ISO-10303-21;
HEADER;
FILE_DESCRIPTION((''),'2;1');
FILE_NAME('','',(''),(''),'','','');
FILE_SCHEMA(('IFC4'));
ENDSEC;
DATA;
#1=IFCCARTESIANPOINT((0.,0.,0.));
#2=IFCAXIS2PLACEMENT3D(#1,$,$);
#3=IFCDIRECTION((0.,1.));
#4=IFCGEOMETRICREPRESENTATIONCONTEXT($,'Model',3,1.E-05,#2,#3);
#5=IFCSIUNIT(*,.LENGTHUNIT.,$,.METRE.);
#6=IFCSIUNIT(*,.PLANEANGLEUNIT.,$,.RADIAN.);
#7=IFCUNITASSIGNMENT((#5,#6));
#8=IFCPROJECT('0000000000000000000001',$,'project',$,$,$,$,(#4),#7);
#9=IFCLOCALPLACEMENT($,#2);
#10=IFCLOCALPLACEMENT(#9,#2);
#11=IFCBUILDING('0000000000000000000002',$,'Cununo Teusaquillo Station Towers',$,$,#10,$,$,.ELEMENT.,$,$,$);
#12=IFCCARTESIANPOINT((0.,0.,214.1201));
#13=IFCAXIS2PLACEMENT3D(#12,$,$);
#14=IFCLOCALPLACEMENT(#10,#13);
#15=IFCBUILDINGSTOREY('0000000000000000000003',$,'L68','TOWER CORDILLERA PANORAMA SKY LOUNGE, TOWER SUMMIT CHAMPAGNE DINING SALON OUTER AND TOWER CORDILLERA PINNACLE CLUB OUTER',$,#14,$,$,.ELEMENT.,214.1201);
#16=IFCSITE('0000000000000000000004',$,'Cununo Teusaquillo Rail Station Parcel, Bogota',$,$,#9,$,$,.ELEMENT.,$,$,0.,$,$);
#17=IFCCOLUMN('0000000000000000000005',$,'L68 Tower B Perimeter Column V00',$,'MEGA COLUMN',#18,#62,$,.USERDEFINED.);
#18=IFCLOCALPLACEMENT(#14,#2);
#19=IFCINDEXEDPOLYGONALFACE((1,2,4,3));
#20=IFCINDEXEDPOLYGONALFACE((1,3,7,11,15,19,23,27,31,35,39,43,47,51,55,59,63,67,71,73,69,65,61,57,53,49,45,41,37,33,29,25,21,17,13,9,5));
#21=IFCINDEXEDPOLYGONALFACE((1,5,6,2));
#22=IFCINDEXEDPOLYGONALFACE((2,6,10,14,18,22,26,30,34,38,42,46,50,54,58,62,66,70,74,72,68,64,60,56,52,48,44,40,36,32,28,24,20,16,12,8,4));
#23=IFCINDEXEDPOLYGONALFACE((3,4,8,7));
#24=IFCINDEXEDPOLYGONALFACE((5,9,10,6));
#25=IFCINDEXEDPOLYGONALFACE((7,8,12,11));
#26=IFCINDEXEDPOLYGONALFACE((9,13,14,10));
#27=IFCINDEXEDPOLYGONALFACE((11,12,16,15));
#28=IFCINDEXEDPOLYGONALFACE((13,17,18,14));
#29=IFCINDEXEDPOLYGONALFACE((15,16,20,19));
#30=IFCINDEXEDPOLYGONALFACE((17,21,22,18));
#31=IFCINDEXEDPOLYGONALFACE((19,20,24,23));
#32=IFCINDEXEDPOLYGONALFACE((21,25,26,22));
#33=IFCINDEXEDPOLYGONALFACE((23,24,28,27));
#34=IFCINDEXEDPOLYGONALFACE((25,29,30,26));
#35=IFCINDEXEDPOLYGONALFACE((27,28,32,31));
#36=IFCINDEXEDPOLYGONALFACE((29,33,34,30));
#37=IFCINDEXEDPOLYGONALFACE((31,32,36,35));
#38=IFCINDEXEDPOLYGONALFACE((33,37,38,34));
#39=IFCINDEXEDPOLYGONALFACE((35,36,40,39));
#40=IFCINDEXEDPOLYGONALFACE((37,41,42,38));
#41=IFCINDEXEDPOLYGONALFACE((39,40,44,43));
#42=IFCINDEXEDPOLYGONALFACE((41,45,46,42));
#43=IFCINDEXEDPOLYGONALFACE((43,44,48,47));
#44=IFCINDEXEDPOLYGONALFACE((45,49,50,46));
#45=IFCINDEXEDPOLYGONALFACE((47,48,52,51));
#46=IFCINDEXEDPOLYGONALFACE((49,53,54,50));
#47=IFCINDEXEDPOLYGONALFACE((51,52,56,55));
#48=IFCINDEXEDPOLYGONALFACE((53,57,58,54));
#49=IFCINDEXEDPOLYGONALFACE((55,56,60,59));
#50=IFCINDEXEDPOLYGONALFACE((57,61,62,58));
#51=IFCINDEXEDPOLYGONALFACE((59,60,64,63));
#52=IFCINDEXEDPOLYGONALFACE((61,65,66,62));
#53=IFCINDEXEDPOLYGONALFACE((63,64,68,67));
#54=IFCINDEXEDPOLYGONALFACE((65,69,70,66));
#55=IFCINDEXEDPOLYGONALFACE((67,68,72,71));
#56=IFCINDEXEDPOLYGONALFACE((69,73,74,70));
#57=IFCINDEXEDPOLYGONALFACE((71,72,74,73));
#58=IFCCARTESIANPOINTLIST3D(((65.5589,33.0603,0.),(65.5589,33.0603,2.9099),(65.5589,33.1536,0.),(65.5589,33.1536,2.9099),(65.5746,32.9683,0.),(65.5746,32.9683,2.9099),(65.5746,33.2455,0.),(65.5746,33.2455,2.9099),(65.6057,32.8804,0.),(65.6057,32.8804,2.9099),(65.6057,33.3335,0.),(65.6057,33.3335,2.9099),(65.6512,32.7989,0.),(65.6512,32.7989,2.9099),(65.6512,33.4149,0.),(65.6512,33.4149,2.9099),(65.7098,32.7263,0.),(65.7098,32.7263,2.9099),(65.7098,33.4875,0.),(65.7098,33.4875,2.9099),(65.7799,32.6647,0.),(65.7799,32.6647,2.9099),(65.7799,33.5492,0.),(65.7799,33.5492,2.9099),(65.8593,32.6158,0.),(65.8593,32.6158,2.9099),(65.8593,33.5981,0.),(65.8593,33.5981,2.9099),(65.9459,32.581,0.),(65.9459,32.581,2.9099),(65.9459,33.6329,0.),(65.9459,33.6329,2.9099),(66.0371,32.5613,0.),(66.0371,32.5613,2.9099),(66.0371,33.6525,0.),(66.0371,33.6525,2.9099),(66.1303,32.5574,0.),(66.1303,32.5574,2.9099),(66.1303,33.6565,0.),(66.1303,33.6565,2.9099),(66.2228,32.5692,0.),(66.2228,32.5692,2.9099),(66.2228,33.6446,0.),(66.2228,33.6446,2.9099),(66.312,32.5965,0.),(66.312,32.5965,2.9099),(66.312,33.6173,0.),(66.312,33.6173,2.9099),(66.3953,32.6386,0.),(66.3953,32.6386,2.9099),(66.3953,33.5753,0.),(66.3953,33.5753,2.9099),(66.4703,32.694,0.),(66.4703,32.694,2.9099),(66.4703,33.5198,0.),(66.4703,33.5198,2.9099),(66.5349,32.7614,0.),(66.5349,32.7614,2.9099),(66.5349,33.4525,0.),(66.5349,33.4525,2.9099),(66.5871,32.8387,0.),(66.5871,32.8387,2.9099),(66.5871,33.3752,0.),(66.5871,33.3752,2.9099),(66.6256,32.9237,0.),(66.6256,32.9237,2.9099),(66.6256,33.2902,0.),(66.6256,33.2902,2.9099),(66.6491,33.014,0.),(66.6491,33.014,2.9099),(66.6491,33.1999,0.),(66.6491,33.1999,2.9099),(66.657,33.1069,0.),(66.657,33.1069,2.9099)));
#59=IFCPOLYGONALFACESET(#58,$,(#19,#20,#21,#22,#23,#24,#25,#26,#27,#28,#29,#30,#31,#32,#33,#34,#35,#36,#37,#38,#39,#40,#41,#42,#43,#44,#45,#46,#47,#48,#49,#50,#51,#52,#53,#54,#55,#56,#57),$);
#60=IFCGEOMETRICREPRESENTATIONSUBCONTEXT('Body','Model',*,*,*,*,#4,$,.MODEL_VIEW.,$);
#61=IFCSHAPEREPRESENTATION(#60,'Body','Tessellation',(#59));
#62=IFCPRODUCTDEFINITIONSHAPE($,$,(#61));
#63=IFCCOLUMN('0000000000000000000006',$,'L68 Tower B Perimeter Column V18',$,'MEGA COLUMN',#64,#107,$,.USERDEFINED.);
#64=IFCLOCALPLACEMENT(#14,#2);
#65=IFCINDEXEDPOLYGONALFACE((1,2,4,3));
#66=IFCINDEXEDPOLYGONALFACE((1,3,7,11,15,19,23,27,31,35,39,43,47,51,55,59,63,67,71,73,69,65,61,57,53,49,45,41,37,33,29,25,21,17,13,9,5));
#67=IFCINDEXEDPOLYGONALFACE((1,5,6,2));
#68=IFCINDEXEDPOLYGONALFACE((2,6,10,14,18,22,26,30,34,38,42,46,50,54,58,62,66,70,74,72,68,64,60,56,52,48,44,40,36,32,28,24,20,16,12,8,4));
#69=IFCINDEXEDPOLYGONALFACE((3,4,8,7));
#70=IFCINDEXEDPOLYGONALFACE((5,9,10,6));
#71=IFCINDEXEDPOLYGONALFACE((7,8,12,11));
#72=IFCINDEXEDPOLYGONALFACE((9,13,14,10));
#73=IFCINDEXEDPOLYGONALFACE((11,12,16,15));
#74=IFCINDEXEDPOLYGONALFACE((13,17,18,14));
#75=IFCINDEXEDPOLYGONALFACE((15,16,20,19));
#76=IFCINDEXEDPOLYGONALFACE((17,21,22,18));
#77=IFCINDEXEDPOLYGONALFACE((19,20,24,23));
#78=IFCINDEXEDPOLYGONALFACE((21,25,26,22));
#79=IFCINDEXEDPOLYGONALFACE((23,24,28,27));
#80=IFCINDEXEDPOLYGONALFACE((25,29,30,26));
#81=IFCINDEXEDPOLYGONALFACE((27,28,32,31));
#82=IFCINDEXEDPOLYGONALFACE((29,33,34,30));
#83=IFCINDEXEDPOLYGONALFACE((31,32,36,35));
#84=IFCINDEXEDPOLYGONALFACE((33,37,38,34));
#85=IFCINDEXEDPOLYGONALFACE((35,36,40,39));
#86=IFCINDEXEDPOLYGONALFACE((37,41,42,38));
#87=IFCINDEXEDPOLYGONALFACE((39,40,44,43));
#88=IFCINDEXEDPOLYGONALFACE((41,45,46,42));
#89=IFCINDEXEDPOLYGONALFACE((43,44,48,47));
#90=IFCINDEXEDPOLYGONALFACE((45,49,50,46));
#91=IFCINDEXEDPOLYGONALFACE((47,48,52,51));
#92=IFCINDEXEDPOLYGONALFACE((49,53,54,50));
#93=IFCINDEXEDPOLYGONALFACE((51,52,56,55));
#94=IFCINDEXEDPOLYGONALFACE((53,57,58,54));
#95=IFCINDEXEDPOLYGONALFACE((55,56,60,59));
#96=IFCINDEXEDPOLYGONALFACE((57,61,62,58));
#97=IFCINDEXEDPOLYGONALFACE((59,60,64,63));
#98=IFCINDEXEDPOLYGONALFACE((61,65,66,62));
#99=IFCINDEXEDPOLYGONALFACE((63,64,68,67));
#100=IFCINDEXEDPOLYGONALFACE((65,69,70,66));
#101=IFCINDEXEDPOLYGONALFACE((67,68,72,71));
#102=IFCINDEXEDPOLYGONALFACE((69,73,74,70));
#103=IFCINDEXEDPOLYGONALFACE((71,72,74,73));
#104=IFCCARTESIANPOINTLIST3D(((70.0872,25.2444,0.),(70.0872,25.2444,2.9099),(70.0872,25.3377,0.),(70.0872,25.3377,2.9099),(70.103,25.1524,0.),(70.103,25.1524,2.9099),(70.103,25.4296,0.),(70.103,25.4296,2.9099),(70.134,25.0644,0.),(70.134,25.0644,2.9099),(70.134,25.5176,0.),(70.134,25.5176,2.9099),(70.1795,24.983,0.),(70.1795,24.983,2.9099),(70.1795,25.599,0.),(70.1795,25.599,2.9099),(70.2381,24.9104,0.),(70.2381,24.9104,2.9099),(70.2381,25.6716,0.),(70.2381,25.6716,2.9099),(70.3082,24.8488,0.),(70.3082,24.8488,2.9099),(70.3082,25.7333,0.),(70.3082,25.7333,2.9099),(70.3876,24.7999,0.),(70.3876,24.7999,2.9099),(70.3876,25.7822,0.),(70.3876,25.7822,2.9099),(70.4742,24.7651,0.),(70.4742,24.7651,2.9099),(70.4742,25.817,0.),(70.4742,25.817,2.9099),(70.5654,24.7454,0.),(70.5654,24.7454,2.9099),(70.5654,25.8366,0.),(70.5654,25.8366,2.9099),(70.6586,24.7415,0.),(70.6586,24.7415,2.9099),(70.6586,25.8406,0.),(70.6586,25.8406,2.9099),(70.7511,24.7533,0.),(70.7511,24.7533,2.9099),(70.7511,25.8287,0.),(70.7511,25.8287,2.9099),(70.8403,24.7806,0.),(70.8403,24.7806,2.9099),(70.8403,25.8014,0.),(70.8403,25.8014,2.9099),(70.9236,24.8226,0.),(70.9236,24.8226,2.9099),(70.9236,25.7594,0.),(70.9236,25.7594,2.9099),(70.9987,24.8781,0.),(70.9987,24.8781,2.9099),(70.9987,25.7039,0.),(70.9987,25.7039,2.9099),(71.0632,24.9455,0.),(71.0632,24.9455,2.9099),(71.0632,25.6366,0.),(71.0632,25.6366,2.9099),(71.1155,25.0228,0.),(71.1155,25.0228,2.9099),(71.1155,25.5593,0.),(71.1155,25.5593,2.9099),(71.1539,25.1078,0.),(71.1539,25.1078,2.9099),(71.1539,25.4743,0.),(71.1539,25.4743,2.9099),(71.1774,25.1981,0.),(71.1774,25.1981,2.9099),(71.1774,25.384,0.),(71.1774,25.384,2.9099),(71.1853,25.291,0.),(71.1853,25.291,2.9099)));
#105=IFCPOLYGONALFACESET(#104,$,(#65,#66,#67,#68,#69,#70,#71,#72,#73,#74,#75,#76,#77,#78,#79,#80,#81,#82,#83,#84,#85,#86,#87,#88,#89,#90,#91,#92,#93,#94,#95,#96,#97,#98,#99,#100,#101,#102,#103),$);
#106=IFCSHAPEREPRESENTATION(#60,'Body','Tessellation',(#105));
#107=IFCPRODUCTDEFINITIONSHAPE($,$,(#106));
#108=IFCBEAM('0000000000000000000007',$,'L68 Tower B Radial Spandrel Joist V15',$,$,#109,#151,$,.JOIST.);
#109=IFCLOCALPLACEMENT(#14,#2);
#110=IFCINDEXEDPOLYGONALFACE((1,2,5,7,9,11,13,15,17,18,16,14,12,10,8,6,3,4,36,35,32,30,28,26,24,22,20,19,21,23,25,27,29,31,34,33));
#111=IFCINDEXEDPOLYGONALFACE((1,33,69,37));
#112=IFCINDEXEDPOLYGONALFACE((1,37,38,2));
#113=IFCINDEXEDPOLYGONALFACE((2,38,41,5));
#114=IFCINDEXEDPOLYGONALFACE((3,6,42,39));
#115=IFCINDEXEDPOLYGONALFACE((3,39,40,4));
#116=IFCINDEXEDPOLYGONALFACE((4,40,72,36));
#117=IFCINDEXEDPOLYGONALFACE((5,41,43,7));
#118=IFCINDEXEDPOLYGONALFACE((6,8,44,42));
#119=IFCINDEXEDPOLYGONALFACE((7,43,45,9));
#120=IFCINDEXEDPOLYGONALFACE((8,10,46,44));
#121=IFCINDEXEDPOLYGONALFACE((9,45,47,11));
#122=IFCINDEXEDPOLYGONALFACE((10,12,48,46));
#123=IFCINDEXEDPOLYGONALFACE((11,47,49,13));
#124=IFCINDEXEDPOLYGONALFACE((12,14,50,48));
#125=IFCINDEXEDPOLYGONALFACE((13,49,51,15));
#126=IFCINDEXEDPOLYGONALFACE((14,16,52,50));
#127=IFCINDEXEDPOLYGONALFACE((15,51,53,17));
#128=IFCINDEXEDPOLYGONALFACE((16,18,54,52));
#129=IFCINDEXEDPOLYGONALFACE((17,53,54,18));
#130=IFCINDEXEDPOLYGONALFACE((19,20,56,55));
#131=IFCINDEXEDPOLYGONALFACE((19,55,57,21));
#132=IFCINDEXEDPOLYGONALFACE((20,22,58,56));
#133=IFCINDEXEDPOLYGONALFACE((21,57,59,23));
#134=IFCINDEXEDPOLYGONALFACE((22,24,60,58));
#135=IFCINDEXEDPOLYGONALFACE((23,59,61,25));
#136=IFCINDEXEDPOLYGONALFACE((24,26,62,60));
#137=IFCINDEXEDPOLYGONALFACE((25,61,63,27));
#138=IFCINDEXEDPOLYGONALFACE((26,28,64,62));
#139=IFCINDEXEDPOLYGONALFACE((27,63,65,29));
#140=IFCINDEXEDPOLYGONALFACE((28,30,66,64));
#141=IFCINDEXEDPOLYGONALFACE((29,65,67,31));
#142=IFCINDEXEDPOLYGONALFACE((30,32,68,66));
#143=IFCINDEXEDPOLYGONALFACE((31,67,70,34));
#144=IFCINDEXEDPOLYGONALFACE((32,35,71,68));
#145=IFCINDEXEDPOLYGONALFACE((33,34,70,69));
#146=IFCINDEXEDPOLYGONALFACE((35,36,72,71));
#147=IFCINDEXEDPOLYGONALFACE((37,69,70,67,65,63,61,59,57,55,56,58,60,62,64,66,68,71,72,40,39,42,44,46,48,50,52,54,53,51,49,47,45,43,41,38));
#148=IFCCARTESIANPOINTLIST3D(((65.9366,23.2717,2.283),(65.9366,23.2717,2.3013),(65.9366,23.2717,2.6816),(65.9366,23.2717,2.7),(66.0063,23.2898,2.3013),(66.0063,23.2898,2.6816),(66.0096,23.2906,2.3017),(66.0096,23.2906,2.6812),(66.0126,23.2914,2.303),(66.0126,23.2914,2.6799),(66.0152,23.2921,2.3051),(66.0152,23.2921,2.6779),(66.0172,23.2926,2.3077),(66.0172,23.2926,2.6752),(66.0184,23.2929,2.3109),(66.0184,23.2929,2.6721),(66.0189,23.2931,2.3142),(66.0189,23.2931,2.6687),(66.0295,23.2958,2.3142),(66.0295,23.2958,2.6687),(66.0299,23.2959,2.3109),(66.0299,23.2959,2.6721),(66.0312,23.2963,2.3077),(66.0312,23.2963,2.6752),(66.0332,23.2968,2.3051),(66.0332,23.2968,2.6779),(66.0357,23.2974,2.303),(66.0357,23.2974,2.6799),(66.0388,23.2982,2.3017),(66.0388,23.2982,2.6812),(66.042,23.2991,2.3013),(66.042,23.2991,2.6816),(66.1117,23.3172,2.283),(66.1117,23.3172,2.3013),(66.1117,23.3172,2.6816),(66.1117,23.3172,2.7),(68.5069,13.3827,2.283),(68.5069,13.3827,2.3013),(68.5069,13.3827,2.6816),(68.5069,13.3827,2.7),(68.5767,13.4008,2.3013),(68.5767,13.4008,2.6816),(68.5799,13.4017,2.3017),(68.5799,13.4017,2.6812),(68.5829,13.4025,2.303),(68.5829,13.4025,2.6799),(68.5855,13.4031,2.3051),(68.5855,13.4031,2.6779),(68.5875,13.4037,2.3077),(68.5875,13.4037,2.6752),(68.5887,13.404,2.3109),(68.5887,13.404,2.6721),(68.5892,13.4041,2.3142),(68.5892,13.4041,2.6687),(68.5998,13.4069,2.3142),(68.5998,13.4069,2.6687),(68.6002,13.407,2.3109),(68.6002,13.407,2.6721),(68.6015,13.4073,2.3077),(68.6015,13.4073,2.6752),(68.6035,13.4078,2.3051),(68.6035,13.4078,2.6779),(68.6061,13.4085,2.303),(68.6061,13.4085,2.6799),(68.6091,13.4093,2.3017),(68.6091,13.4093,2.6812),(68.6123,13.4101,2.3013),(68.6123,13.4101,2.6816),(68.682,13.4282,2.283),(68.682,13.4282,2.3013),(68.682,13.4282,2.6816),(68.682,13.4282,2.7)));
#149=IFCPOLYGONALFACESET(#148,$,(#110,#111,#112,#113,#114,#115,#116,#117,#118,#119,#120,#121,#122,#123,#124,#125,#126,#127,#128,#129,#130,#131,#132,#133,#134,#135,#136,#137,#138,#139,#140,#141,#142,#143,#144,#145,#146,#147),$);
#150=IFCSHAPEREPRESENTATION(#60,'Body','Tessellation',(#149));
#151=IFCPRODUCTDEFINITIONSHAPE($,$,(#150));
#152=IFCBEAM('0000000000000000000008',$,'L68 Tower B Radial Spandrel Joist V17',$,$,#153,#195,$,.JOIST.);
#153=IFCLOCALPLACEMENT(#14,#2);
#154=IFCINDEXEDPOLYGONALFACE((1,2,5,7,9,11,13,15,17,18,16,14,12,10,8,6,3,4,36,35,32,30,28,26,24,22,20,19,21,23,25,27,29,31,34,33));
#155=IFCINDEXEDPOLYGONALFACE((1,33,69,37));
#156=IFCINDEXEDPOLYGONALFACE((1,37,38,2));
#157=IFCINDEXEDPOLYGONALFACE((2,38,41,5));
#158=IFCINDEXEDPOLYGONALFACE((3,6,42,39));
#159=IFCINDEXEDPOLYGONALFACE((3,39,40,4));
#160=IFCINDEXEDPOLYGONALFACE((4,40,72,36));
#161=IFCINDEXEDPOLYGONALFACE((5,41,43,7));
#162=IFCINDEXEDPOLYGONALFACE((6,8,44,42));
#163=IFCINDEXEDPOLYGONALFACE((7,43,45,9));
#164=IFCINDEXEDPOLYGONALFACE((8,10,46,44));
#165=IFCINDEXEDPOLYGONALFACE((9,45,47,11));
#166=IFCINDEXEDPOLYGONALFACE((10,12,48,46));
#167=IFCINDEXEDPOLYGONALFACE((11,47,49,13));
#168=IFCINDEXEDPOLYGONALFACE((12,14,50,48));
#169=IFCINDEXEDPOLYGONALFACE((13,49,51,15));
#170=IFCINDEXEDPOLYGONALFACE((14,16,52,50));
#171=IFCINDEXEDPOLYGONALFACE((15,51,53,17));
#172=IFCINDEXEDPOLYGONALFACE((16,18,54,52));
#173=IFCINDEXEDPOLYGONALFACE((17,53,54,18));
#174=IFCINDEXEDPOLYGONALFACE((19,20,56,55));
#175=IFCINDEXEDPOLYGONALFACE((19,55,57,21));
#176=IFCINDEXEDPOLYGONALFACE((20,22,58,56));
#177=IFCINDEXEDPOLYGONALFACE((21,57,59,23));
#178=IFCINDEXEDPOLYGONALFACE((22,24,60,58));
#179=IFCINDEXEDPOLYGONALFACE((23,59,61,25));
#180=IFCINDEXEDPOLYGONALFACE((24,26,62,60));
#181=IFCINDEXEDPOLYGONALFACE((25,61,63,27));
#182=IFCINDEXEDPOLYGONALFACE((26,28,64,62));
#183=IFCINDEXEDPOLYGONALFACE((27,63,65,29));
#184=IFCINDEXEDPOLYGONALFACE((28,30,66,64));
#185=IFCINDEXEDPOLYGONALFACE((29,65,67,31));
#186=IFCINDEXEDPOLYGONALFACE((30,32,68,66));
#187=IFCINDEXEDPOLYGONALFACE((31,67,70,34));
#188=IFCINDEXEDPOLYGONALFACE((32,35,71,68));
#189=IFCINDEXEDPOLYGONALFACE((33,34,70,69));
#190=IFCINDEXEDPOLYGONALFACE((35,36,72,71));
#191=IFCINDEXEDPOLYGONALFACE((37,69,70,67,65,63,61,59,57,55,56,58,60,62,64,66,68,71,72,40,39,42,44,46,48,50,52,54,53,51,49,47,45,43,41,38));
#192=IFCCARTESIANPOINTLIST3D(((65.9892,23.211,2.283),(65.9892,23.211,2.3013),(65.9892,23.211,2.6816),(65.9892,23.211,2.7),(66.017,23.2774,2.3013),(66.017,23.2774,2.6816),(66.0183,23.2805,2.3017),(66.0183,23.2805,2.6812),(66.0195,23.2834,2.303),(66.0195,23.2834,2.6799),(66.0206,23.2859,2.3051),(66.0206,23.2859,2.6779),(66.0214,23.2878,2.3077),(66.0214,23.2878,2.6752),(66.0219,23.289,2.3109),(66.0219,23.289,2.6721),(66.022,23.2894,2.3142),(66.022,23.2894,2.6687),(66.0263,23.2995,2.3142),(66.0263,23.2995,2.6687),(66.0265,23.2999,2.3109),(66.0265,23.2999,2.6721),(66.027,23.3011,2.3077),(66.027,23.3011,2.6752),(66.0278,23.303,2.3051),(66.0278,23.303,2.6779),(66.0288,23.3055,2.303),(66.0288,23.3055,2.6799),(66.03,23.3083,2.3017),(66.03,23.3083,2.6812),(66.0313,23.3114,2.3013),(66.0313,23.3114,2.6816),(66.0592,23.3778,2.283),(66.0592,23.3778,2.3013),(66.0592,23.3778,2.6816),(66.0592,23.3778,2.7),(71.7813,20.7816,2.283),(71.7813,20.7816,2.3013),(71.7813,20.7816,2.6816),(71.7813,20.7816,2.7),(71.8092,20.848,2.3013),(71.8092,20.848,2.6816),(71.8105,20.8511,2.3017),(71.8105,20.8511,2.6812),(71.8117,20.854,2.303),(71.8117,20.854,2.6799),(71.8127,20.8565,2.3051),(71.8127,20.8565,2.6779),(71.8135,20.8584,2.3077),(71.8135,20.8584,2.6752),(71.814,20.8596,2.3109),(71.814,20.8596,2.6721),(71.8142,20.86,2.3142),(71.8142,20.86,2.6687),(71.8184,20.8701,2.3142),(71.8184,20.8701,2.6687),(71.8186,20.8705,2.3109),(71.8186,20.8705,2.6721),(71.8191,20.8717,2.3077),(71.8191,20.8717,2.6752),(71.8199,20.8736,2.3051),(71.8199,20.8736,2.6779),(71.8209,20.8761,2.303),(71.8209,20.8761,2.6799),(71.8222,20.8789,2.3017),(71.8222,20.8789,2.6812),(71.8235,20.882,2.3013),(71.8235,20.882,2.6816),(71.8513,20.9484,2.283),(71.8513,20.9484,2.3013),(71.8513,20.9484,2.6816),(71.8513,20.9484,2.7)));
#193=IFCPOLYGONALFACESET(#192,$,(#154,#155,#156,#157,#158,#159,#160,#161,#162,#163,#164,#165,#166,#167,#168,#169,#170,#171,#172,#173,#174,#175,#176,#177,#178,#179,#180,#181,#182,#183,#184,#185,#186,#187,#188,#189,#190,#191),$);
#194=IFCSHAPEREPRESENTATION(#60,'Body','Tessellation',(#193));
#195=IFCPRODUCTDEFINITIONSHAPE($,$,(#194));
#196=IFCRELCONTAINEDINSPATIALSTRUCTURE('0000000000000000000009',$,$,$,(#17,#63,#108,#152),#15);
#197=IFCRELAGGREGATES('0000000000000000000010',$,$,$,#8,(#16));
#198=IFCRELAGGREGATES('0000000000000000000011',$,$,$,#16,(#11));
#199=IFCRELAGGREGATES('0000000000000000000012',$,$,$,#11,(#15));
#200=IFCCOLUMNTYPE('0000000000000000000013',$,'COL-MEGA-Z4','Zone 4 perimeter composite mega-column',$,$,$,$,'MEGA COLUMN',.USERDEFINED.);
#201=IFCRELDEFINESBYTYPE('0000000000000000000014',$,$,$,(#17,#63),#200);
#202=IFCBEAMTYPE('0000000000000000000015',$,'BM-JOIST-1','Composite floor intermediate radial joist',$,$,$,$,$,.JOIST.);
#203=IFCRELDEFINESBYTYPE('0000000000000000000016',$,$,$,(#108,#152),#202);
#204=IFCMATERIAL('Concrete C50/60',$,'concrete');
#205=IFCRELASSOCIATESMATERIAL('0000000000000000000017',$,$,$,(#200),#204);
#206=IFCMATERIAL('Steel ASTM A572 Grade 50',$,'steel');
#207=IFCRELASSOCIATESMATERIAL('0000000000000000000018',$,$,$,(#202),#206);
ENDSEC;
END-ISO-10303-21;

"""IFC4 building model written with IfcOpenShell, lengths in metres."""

from ifc_helpers import new_model, si_unit, direction, frame, origin, origin_2d, place, context, subcontext, project, spatial, circle, i_section, extrude, material, material_profile, profile_set, type_object, element, save


model = new_model("IFC4")

# Units and contexts
model_context = context("Model", 3, precision=1e-05, world=origin(), true_north=direction((0.0, 1.0)))
body_context = subcontext(model_context, "Body", "Model", "MODEL_VIEW")
ifc_project = project(units=[si_unit("LENGTHUNIT", "METRE"), si_unit("PLANEANGLEUNIT", "RADIAN")], contexts=[model_context])

# Site, building, storey
site_placement = place(None, origin())
site = spatial("IfcSite", under=ifc_project, at=site_placement, Name="Cununo Teusaquillo Rail Station Parcel, Bogota", CompositionType="ELEMENT", RefElevation=0.0)
building_placement = place(site_placement, origin())
building = spatial("IfcBuilding", under=site, at=building_placement, Name="Cununo Teusaquillo Station Towers", CompositionType="ELEMENT")
storey_placement = place(building_placement, frame((0.0, 0.0, 214.1201)))
storey = spatial("IfcBuildingStorey", under=building, at=storey_placement, Name="L68", Description="TOWER CORDILLERA PANORAMA SKY LOUNGE, TOWER SUMMIT CHAMPAGNE DINING SALON OUTER AND TOWER CORDILLERA PINNACLE CLUB OUTER", CompositionType="ELEMENT", Elevation=214.1201)

# Columns
ifc_material_1 = material(Name="Concrete C50/60", Category="concrete")
ifc_material_profile_1 = material_profile(ifc_material_1, circle(Radius=0.55, at=origin_2d()), Name="RC-CIRC-1100")
ifc_profile_set_1 = profile_set([ifc_material_profile_1], Name="Concrete C50/60")
column_type = type_object("IfcColumnType", Name="COL-MEGA-Z4", Description="Zone 4 perimeter composite mega-column", ElementType="MEGA COLUMN", PredefinedType="USERDEFINED", material=ifc_profile_set_1)
for number, where, z_axis, x_axis, name in (
    (1, (66.1069, 33.1069, 0.0), (0.0, 0.0, 1.0), (1.0, 0.0, 0.0), "L68 Tower B Perimeter Column V00"),
    (2, (70.6353, 25.291, 0.0), (0.0, 0.0, 1.0), (1.0, 0.0, 0.0), "L68 Tower B Perimeter Column V18"),
):
    element("IfcColumn", number, at=place(storey_placement, frame(where, z_axis=z_axis, x_axis=x_axis)), inside=storey, type_object=column_type, Name=name, ObjectType="MEGA COLUMN", PredefinedType="USERDEFINED", context=body_context, shape_type="SweptSolid", body=[
        extrude(circle(Radius=0.55, at=origin_2d()), origin(), (0.0, 0.0, 1.0), 2.9099),
    ])

# Beams
ifc_material_2 = material(Name="Steel ASTM A572 Grade 50", Category="steel")
ifc_material_profile_2 = material_profile(ifc_material_2, i_section(OverallWidth=0.1809, OverallDepth=0.417, WebThickness=0.011, FlangeThickness=0.0183, FilletRadius=0.0129, at=origin_2d()), Name="W16X57")
ifc_profile_set_2 = profile_set([ifc_material_profile_2], Name="Steel ASTM A572 Grade 50")
beam_type_1 = type_object("IfcBeamType", Name="BM-JOIST-1", Description="Composite floor intermediate radial joist", PredefinedType="JOIST", material=ifc_profile_set_2)
beam_1_placement = place(storey_placement, frame((66.0242, 23.2944, 2.4915), z_axis=(0.25156, -0.967842, 0.0), x_axis=(0.967842, 0.25156, 0.0)))
element("IfcBeam", 3, at=beam_1_placement, inside=storey, type_object=beam_type_1, Name="L68 Tower B Radial Spandrel Joist V15", PredefinedType="JOIST", context=body_context, shape_type="SweptSolid", body=[
    extrude(i_section(OverallWidth=0.1809, OverallDepth=0.417, WebThickness=0.011, FlangeThickness=0.0183, FilletRadius=0.0129, at=origin_2d()), origin(), (0.0, 0.0, 1.0), 10.2175),
])
beam_2_placement = place(storey_placement, frame((66.0242, 23.2944, 2.4915), z_axis=(0.922169, -0.386786, 0.0), x_axis=(0.386786, 0.922169, 0.0)))
element("IfcBeam", 4, at=beam_2_placement, inside=storey, type_object=beam_type_1, Name="L68 Tower B Radial Spandrel Joist V17", PredefinedType="JOIST", context=body_context, shape_type="SweptSolid", body=[
    extrude(i_section(OverallWidth=0.1809, OverallDepth=0.417, WebThickness=0.011, FlangeThickness=0.0183, FilletRadius=0.0129, at=origin_2d()), origin(), (0.0, 0.0, 1.0), 6.281),
])

save(model, "model.ifc")
